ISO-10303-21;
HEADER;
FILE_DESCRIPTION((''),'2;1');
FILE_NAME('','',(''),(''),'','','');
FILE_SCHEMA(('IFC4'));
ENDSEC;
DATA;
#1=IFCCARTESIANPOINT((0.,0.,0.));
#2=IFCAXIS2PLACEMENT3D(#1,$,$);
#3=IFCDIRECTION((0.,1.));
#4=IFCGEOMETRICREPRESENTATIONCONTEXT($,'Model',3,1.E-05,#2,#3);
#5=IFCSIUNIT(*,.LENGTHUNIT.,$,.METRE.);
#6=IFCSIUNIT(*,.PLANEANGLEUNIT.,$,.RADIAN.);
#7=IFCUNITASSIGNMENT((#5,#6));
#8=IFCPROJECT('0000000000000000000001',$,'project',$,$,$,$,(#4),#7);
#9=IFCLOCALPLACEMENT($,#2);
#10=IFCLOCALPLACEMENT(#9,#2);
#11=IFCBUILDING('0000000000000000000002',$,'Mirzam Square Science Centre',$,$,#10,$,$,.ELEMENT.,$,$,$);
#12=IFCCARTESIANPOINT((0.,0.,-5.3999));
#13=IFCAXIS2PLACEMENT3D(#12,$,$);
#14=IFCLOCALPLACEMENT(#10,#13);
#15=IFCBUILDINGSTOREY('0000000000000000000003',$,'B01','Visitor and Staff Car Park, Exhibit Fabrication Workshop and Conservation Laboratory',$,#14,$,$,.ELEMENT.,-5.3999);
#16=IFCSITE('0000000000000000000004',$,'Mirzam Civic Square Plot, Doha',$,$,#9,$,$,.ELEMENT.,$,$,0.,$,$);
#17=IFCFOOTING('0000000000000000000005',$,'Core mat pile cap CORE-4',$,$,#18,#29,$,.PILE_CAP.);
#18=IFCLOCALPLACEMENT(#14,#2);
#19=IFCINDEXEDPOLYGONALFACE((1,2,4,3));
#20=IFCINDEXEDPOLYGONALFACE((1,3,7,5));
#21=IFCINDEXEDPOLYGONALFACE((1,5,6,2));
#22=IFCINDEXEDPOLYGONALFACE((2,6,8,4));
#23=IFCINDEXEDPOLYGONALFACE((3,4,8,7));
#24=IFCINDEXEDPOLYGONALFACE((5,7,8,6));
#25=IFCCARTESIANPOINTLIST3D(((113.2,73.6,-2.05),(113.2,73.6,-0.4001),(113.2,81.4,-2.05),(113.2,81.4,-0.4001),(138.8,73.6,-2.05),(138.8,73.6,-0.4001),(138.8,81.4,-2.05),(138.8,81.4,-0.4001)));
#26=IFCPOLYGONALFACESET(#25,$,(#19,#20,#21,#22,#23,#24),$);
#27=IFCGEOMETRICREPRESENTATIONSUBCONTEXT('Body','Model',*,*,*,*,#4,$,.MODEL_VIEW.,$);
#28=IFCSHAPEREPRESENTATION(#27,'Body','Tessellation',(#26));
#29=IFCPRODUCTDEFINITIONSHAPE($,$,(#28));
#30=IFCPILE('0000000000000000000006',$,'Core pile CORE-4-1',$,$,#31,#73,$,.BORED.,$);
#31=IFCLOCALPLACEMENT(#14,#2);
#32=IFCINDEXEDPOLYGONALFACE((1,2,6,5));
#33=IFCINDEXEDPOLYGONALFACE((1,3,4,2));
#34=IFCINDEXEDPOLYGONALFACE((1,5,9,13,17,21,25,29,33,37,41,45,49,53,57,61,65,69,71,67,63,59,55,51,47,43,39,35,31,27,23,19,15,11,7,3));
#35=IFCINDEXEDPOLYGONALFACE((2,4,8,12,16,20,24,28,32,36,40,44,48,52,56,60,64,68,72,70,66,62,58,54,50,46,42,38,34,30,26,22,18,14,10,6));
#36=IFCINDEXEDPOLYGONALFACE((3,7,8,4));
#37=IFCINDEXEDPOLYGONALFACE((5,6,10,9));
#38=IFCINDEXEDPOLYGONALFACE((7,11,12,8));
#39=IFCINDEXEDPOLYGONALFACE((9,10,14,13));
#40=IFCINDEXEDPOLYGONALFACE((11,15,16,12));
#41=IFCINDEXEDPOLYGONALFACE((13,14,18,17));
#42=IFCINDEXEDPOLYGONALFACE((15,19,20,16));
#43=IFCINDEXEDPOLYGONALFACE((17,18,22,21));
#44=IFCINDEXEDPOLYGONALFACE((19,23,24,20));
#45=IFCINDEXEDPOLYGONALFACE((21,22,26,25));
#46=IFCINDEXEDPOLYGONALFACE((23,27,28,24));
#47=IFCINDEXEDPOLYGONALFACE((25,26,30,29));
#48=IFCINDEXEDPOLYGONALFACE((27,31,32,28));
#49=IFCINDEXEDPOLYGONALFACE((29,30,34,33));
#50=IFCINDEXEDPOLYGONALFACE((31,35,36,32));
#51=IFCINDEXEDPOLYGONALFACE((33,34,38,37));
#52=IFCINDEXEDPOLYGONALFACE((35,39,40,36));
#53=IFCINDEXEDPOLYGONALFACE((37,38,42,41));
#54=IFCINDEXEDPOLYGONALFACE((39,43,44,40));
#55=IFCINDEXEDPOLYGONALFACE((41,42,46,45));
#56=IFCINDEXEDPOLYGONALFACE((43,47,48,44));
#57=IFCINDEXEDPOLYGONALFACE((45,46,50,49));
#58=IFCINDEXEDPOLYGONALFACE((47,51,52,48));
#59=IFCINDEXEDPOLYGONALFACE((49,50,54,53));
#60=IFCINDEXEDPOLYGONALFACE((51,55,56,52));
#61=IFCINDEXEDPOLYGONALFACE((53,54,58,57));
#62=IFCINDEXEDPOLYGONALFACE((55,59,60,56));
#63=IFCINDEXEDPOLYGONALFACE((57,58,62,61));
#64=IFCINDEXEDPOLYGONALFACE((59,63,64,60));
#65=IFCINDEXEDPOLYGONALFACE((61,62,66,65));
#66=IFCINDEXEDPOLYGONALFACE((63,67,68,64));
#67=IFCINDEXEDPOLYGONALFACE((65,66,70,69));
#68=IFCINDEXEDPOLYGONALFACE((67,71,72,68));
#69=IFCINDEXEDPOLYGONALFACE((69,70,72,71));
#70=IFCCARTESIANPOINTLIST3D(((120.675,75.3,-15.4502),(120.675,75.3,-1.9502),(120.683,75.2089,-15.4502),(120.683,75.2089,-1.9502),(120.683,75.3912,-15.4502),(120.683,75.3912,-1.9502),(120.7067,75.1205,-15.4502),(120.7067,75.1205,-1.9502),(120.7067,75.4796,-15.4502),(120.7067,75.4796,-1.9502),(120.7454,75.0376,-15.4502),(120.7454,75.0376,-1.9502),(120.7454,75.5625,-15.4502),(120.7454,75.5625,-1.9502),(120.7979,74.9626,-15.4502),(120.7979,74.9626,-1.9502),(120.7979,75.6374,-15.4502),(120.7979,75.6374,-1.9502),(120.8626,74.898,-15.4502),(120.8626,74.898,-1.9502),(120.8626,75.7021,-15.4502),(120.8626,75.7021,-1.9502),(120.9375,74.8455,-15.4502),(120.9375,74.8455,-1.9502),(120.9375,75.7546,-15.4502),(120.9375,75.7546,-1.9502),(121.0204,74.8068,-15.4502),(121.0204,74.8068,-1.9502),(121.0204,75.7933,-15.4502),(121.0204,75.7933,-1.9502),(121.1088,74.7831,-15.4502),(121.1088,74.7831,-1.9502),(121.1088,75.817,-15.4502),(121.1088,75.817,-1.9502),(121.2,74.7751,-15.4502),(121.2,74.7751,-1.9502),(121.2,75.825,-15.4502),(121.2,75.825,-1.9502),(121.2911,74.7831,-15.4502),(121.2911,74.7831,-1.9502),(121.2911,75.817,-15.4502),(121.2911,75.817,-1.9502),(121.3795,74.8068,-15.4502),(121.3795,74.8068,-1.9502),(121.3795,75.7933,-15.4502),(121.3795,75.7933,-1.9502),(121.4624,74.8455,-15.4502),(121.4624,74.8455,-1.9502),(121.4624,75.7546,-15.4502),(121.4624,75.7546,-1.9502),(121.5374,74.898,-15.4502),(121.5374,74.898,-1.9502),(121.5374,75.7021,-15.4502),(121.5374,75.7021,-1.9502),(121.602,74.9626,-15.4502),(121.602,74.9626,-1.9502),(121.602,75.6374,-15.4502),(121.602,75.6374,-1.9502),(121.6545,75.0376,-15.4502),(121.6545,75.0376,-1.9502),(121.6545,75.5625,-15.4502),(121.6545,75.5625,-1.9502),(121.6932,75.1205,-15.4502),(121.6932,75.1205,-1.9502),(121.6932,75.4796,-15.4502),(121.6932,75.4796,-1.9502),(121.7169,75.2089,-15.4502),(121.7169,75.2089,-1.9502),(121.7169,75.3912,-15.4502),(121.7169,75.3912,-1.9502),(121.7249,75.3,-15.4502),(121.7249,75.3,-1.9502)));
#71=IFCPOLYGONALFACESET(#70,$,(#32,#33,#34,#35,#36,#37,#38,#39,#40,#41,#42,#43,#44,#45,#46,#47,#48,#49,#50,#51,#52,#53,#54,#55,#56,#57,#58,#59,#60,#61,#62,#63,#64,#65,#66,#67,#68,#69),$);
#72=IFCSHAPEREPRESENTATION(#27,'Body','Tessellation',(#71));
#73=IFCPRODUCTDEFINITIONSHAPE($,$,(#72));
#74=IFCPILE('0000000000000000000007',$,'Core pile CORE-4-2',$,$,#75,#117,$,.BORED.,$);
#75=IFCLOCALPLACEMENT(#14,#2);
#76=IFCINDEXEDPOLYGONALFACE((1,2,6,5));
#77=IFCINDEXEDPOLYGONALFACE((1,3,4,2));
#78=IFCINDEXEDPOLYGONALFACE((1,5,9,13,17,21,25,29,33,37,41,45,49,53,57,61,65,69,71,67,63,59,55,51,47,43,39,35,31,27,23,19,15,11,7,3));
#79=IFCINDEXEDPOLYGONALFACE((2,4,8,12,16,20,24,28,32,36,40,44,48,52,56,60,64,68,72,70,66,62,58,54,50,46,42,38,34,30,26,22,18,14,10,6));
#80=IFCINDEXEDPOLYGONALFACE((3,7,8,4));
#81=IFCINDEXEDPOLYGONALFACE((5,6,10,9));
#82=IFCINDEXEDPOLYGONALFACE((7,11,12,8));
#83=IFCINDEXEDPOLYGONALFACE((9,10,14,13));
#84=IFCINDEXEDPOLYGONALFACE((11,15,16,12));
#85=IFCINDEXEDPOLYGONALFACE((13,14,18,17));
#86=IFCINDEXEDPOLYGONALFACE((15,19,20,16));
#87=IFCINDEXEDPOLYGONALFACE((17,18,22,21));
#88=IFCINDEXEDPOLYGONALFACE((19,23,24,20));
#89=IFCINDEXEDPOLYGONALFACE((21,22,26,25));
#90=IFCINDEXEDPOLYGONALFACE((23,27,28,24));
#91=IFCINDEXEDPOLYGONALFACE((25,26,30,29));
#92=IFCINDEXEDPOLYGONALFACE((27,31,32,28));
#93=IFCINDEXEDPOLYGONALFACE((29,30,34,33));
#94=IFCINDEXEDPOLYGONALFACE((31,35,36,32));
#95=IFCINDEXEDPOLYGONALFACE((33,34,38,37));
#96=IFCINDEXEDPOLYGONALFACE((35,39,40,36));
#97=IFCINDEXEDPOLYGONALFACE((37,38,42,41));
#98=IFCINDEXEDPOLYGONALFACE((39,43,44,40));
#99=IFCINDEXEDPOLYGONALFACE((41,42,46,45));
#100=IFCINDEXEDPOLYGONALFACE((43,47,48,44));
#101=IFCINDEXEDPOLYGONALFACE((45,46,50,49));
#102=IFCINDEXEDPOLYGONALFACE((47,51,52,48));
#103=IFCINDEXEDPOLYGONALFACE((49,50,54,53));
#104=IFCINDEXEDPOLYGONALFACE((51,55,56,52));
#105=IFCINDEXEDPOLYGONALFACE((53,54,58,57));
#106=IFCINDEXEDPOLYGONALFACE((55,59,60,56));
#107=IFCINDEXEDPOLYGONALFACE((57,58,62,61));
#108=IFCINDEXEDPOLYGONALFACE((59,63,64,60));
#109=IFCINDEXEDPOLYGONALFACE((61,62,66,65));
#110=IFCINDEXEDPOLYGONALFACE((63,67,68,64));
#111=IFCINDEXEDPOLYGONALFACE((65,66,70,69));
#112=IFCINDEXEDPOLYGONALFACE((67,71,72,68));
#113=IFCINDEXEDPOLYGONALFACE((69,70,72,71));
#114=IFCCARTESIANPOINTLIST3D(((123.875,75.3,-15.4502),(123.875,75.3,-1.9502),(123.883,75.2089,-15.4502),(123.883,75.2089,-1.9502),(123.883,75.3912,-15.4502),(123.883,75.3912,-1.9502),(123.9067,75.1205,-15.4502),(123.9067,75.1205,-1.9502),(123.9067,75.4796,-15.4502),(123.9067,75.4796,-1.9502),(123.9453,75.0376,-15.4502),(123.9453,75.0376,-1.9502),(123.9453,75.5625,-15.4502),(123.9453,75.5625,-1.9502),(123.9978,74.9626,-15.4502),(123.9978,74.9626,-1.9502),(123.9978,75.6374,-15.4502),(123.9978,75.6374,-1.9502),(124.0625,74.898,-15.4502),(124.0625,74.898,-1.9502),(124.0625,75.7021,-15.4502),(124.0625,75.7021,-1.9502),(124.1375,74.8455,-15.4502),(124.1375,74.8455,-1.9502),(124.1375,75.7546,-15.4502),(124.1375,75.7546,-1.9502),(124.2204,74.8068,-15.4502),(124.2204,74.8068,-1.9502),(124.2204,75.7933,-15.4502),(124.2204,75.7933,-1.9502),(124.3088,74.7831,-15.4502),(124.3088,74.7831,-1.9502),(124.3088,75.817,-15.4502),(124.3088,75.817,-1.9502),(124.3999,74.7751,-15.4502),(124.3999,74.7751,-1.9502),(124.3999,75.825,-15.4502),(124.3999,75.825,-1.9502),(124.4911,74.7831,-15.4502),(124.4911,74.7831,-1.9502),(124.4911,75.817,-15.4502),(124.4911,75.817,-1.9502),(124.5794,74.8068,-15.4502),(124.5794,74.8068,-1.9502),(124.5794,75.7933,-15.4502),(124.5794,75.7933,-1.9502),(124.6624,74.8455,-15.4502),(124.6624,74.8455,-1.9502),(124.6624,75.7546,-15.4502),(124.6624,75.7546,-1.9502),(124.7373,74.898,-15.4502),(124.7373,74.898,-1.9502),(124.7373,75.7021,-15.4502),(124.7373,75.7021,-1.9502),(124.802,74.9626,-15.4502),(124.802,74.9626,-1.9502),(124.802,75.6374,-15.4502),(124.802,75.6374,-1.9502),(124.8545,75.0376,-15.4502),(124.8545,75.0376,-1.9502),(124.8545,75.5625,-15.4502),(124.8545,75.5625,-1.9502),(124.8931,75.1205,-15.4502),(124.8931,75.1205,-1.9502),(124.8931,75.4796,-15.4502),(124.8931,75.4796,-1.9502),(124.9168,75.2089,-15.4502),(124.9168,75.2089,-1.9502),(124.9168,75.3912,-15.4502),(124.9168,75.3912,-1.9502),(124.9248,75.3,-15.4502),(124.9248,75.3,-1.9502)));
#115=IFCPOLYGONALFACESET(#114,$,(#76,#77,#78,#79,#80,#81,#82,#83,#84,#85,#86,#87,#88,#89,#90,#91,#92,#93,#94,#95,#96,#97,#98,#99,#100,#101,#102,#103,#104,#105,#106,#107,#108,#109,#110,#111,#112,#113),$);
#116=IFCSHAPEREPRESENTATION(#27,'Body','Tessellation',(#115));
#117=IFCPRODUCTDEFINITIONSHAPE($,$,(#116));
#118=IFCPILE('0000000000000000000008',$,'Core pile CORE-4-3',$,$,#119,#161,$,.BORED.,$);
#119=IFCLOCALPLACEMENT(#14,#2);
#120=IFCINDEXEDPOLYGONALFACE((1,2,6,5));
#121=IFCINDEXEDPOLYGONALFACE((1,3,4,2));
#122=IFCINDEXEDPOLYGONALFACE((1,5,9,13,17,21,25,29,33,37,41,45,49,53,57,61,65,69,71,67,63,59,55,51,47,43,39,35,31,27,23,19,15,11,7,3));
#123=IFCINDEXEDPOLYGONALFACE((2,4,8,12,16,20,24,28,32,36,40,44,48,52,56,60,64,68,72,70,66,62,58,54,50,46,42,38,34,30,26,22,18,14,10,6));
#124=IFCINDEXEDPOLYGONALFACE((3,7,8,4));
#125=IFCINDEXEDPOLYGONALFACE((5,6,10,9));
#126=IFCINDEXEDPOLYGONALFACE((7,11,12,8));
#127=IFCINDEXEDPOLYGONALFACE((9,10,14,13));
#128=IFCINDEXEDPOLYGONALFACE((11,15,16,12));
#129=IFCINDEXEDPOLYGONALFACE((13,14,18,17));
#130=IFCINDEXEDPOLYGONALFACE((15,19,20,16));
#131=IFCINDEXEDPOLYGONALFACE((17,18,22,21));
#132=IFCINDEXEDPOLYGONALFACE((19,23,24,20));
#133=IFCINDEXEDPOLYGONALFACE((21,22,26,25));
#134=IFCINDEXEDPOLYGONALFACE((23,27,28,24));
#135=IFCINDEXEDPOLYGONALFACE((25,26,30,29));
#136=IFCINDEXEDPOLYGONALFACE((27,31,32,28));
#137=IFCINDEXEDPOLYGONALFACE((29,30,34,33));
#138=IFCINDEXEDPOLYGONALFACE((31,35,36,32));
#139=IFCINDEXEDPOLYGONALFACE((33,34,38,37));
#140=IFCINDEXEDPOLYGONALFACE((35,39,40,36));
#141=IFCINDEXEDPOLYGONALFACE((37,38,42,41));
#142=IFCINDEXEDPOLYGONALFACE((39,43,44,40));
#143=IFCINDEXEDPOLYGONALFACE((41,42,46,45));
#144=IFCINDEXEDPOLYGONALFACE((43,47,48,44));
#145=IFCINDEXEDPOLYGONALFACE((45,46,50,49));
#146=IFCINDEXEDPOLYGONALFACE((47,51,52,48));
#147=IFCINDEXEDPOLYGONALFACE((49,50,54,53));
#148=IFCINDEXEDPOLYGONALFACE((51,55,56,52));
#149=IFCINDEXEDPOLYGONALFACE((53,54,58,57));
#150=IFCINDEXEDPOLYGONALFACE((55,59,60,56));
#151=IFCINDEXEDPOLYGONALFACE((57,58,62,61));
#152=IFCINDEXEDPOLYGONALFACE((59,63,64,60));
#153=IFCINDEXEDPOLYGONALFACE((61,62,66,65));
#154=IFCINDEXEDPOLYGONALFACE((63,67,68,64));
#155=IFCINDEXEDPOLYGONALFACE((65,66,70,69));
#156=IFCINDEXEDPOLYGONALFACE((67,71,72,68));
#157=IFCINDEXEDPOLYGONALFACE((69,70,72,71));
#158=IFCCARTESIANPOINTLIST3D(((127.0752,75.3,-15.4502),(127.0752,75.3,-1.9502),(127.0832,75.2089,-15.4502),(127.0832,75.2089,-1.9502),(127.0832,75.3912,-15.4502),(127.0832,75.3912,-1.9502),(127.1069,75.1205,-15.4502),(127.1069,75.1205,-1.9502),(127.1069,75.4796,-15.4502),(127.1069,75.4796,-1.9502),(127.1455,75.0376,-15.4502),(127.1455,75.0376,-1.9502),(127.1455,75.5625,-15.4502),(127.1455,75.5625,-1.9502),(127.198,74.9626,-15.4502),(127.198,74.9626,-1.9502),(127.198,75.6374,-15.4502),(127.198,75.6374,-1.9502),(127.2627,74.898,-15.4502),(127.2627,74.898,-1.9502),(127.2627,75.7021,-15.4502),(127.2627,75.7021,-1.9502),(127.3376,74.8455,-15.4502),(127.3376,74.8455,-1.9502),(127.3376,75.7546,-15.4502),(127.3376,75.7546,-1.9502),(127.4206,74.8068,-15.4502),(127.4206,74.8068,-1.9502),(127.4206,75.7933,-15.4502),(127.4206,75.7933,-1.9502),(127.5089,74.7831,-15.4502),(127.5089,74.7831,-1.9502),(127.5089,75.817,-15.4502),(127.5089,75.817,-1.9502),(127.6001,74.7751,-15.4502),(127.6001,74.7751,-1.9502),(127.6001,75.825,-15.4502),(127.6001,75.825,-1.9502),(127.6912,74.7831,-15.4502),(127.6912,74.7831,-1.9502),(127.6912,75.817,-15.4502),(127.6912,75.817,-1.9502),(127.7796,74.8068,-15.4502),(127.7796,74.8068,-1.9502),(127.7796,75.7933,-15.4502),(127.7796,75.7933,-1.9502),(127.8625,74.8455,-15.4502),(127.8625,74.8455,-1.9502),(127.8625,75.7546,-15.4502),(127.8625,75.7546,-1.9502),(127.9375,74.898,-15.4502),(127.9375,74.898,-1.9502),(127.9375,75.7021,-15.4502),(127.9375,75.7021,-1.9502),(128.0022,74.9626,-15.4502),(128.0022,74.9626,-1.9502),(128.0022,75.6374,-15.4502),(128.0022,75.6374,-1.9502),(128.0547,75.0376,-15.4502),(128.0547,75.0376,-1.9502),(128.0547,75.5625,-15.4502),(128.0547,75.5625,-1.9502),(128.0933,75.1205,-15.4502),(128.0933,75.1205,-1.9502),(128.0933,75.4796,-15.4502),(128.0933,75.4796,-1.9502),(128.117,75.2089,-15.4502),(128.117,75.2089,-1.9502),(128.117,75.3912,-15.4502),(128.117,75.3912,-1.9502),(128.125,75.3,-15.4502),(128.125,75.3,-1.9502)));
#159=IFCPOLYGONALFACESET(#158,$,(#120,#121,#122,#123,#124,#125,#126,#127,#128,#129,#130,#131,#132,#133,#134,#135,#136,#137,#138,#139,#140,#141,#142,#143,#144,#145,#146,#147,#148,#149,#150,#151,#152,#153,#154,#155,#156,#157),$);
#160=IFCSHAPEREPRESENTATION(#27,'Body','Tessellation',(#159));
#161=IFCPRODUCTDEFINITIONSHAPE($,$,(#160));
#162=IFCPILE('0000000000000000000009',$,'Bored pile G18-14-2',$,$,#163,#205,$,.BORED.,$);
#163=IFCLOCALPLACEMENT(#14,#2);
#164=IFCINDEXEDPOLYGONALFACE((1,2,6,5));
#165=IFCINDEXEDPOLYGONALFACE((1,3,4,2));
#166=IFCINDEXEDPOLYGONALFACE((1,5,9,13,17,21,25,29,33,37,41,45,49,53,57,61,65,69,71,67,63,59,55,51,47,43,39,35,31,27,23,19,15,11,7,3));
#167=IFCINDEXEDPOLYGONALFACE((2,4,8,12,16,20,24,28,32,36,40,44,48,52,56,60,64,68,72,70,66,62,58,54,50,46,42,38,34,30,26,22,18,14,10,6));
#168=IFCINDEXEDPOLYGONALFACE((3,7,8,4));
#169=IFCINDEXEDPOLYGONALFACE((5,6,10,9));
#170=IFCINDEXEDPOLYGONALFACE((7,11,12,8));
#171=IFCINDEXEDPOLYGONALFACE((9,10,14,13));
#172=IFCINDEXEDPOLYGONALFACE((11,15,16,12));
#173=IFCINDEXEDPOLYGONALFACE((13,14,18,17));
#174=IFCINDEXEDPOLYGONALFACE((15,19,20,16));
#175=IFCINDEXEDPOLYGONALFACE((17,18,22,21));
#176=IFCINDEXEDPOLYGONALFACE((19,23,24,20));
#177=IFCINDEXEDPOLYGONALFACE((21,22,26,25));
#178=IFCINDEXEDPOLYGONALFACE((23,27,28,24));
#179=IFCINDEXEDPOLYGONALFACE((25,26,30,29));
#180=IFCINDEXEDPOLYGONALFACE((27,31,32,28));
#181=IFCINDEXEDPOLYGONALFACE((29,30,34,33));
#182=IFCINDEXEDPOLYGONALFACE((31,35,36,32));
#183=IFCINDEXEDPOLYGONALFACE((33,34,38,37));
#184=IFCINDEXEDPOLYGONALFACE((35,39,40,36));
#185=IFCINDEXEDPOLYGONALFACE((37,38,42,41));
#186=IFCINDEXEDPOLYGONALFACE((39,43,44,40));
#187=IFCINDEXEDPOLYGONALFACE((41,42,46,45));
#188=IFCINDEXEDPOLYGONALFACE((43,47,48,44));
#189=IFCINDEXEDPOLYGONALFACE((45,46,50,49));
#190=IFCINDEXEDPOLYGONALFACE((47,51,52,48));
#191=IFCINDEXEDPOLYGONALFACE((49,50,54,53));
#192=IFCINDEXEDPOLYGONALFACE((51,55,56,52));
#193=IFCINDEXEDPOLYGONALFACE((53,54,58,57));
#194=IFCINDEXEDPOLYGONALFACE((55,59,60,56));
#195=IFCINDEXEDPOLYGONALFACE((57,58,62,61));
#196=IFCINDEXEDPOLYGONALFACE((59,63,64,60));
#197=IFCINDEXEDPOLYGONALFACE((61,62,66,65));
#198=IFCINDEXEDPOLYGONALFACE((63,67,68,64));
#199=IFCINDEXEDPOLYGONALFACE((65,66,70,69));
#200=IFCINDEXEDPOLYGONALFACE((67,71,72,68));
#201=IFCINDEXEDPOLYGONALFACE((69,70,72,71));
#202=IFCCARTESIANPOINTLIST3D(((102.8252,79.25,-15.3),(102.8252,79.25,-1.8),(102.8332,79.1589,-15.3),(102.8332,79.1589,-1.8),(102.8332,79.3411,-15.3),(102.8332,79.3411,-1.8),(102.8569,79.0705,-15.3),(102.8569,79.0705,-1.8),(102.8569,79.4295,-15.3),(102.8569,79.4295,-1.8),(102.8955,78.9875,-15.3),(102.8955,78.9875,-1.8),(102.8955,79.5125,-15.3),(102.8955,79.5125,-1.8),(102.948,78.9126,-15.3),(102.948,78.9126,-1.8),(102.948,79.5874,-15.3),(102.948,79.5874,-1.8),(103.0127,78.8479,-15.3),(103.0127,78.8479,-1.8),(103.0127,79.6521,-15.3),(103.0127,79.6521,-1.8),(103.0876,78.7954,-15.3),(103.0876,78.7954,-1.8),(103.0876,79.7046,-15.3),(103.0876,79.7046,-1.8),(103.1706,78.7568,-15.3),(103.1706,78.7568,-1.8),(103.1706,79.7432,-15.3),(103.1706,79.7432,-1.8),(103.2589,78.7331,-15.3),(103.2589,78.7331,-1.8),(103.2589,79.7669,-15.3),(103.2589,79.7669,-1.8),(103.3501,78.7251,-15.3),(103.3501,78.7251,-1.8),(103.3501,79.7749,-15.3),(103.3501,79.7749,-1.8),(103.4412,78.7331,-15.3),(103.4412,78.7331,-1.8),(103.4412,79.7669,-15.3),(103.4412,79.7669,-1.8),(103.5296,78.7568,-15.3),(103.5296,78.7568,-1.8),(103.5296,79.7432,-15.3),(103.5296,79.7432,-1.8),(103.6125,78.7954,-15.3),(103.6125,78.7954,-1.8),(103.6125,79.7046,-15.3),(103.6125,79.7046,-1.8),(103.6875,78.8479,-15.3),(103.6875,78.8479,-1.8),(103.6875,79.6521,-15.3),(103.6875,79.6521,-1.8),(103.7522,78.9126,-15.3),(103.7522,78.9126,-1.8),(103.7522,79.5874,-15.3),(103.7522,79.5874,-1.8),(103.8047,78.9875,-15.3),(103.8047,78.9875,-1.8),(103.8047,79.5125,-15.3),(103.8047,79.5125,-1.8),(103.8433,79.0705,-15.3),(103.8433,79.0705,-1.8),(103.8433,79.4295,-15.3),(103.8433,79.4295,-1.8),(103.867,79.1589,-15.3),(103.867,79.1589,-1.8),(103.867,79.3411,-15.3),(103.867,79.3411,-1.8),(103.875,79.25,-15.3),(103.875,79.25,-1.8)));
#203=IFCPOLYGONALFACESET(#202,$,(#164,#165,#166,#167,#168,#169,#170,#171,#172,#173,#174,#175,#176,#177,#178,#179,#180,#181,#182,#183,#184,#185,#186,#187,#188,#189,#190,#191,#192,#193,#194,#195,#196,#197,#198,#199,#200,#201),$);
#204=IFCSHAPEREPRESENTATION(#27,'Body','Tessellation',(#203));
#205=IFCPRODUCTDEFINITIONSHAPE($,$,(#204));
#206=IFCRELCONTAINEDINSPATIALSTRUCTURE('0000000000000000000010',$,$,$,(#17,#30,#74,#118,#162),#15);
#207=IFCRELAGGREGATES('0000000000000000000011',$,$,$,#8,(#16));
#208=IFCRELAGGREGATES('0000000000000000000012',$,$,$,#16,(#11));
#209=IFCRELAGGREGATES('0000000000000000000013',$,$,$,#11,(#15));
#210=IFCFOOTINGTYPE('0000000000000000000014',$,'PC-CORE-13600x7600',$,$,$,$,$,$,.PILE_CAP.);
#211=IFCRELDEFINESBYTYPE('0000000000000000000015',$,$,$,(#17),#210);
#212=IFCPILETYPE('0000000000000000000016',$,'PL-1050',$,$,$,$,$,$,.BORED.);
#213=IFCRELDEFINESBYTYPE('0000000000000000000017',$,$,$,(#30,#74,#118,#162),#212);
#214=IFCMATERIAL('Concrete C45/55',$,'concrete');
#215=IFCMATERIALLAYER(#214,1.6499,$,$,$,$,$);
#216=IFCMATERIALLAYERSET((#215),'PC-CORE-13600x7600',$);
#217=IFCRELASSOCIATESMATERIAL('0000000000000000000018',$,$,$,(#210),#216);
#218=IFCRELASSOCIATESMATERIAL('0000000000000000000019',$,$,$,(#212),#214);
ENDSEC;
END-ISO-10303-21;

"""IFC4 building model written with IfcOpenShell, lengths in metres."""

from ifc_helpers import new_model, si_unit, direction, frame, origin, origin_2d, place, context, subcontext, project, spatial, rectangle, circle, extrude, material, layer, layer_set, material_profile, profile_set, type_object, element, save


model = new_model("IFC4")

# Units and contexts
model_context = context("Model", 3, precision=1e-05, world=origin(), true_north=direction((0.0, 1.0)))
body_context = subcontext(model_context, "Body", "Model", "MODEL_VIEW")
ifc_project = project(units=[si_unit("LENGTHUNIT", "METRE"), si_unit("PLANEANGLEUNIT", "RADIAN")], contexts=[model_context])

# Site, building, storey
site_placement = place(None, origin())
site = spatial("IfcSite", under=ifc_project, at=site_placement, Name="Mirzam Civic Square Plot, Doha", CompositionType="ELEMENT", RefElevation=0.0)
building_placement = place(site_placement, origin())
building = spatial("IfcBuilding", under=site, at=building_placement, Name="Mirzam Square Science Centre", CompositionType="ELEMENT")
storey_placement = place(building_placement, frame((0.0, 0.0, -5.3999)))
storey = spatial("IfcBuildingStorey", under=building, at=storey_placement, Name="B01", Description="Visitor and Staff Car Park, Exhibit Fabrication Workshop and Conservation Laboratory", CompositionType="ELEMENT", Elevation=-5.3999)

# Footing
ifc_material_1 = material(Name="Concrete C45/55", Category="concrete")
ifc_layer_1 = layer(ifc_material_1, 1.6499)
ifc_layer_set_1 = layer_set([ifc_layer_1], Name="PC-CORE-13600x7600")
footing_type = type_object("IfcFootingType", Name="PC-CORE-13600x7600", PredefinedType="PILE_CAP", material=ifc_layer_set_1)
footing_placement = place(storey_placement, frame((126.0, 77.5, -2.05), z_axis=(0.0, 0.0, 1.0), x_axis=(1.0, 0.0, 0.0)))
element("IfcFooting", 1, at=footing_placement, inside=storey, type_object=footing_type, Name="Core mat pile cap CORE-4", PredefinedType="PILE_CAP", context=body_context, shape_type="SweptSolid", body=[
    extrude(rectangle(XDim=25.6001, YDim=7.8, at=origin_2d()), origin(), (0.0, 0.0, 1.0), 1.6499),
])

# Piles
ifc_material_profile_1 = material_profile(ifc_material_1, circle(Radius=0.5249, at=origin_2d()), Name="PILE-D1050")
ifc_profile_set_1 = profile_set([ifc_material_profile_1], Name="Concrete C45/55")
pile_type_1 = type_object("IfcPileType", Name="PL-1050", PredefinedType="BORED", material=ifc_profile_set_1)
for number, where, z_axis, x_axis, name in (
    (2, (121.2, 75.3, -1.9502), (0.0, 0.0, -1.0), (1.0, 0.0, 0.0), "Core pile CORE-4-1"),
    (3, (124.3999, 75.3, -1.9502), (0.0, 0.0, -1.0), (1.0, 0.0, 0.0), "Core pile CORE-4-2"),
    (4, (127.6001, 75.3, -1.9502), (0.0, 0.0, -1.0), (1.0, 0.0, 0.0), "Core pile CORE-4-3"),
    (5, (103.3501, 79.25, -1.8), (0.0, 0.0, -1.0), (1.0, 0.0, 0.0), "Bored pile G18-14-2"),
):
    element("IfcPile", number, at=place(storey_placement, frame(where, z_axis=z_axis, x_axis=x_axis)), inside=storey, type_object=pile_type_1, Name=name, PredefinedType="BORED", context=body_context, shape_type="SweptSolid", body=[
        extrude(circle(Radius=0.5249, at=origin_2d()), origin(), (0.0, 0.0, 1.0), 13.5),
    ])

save(model, "model.ifc")
